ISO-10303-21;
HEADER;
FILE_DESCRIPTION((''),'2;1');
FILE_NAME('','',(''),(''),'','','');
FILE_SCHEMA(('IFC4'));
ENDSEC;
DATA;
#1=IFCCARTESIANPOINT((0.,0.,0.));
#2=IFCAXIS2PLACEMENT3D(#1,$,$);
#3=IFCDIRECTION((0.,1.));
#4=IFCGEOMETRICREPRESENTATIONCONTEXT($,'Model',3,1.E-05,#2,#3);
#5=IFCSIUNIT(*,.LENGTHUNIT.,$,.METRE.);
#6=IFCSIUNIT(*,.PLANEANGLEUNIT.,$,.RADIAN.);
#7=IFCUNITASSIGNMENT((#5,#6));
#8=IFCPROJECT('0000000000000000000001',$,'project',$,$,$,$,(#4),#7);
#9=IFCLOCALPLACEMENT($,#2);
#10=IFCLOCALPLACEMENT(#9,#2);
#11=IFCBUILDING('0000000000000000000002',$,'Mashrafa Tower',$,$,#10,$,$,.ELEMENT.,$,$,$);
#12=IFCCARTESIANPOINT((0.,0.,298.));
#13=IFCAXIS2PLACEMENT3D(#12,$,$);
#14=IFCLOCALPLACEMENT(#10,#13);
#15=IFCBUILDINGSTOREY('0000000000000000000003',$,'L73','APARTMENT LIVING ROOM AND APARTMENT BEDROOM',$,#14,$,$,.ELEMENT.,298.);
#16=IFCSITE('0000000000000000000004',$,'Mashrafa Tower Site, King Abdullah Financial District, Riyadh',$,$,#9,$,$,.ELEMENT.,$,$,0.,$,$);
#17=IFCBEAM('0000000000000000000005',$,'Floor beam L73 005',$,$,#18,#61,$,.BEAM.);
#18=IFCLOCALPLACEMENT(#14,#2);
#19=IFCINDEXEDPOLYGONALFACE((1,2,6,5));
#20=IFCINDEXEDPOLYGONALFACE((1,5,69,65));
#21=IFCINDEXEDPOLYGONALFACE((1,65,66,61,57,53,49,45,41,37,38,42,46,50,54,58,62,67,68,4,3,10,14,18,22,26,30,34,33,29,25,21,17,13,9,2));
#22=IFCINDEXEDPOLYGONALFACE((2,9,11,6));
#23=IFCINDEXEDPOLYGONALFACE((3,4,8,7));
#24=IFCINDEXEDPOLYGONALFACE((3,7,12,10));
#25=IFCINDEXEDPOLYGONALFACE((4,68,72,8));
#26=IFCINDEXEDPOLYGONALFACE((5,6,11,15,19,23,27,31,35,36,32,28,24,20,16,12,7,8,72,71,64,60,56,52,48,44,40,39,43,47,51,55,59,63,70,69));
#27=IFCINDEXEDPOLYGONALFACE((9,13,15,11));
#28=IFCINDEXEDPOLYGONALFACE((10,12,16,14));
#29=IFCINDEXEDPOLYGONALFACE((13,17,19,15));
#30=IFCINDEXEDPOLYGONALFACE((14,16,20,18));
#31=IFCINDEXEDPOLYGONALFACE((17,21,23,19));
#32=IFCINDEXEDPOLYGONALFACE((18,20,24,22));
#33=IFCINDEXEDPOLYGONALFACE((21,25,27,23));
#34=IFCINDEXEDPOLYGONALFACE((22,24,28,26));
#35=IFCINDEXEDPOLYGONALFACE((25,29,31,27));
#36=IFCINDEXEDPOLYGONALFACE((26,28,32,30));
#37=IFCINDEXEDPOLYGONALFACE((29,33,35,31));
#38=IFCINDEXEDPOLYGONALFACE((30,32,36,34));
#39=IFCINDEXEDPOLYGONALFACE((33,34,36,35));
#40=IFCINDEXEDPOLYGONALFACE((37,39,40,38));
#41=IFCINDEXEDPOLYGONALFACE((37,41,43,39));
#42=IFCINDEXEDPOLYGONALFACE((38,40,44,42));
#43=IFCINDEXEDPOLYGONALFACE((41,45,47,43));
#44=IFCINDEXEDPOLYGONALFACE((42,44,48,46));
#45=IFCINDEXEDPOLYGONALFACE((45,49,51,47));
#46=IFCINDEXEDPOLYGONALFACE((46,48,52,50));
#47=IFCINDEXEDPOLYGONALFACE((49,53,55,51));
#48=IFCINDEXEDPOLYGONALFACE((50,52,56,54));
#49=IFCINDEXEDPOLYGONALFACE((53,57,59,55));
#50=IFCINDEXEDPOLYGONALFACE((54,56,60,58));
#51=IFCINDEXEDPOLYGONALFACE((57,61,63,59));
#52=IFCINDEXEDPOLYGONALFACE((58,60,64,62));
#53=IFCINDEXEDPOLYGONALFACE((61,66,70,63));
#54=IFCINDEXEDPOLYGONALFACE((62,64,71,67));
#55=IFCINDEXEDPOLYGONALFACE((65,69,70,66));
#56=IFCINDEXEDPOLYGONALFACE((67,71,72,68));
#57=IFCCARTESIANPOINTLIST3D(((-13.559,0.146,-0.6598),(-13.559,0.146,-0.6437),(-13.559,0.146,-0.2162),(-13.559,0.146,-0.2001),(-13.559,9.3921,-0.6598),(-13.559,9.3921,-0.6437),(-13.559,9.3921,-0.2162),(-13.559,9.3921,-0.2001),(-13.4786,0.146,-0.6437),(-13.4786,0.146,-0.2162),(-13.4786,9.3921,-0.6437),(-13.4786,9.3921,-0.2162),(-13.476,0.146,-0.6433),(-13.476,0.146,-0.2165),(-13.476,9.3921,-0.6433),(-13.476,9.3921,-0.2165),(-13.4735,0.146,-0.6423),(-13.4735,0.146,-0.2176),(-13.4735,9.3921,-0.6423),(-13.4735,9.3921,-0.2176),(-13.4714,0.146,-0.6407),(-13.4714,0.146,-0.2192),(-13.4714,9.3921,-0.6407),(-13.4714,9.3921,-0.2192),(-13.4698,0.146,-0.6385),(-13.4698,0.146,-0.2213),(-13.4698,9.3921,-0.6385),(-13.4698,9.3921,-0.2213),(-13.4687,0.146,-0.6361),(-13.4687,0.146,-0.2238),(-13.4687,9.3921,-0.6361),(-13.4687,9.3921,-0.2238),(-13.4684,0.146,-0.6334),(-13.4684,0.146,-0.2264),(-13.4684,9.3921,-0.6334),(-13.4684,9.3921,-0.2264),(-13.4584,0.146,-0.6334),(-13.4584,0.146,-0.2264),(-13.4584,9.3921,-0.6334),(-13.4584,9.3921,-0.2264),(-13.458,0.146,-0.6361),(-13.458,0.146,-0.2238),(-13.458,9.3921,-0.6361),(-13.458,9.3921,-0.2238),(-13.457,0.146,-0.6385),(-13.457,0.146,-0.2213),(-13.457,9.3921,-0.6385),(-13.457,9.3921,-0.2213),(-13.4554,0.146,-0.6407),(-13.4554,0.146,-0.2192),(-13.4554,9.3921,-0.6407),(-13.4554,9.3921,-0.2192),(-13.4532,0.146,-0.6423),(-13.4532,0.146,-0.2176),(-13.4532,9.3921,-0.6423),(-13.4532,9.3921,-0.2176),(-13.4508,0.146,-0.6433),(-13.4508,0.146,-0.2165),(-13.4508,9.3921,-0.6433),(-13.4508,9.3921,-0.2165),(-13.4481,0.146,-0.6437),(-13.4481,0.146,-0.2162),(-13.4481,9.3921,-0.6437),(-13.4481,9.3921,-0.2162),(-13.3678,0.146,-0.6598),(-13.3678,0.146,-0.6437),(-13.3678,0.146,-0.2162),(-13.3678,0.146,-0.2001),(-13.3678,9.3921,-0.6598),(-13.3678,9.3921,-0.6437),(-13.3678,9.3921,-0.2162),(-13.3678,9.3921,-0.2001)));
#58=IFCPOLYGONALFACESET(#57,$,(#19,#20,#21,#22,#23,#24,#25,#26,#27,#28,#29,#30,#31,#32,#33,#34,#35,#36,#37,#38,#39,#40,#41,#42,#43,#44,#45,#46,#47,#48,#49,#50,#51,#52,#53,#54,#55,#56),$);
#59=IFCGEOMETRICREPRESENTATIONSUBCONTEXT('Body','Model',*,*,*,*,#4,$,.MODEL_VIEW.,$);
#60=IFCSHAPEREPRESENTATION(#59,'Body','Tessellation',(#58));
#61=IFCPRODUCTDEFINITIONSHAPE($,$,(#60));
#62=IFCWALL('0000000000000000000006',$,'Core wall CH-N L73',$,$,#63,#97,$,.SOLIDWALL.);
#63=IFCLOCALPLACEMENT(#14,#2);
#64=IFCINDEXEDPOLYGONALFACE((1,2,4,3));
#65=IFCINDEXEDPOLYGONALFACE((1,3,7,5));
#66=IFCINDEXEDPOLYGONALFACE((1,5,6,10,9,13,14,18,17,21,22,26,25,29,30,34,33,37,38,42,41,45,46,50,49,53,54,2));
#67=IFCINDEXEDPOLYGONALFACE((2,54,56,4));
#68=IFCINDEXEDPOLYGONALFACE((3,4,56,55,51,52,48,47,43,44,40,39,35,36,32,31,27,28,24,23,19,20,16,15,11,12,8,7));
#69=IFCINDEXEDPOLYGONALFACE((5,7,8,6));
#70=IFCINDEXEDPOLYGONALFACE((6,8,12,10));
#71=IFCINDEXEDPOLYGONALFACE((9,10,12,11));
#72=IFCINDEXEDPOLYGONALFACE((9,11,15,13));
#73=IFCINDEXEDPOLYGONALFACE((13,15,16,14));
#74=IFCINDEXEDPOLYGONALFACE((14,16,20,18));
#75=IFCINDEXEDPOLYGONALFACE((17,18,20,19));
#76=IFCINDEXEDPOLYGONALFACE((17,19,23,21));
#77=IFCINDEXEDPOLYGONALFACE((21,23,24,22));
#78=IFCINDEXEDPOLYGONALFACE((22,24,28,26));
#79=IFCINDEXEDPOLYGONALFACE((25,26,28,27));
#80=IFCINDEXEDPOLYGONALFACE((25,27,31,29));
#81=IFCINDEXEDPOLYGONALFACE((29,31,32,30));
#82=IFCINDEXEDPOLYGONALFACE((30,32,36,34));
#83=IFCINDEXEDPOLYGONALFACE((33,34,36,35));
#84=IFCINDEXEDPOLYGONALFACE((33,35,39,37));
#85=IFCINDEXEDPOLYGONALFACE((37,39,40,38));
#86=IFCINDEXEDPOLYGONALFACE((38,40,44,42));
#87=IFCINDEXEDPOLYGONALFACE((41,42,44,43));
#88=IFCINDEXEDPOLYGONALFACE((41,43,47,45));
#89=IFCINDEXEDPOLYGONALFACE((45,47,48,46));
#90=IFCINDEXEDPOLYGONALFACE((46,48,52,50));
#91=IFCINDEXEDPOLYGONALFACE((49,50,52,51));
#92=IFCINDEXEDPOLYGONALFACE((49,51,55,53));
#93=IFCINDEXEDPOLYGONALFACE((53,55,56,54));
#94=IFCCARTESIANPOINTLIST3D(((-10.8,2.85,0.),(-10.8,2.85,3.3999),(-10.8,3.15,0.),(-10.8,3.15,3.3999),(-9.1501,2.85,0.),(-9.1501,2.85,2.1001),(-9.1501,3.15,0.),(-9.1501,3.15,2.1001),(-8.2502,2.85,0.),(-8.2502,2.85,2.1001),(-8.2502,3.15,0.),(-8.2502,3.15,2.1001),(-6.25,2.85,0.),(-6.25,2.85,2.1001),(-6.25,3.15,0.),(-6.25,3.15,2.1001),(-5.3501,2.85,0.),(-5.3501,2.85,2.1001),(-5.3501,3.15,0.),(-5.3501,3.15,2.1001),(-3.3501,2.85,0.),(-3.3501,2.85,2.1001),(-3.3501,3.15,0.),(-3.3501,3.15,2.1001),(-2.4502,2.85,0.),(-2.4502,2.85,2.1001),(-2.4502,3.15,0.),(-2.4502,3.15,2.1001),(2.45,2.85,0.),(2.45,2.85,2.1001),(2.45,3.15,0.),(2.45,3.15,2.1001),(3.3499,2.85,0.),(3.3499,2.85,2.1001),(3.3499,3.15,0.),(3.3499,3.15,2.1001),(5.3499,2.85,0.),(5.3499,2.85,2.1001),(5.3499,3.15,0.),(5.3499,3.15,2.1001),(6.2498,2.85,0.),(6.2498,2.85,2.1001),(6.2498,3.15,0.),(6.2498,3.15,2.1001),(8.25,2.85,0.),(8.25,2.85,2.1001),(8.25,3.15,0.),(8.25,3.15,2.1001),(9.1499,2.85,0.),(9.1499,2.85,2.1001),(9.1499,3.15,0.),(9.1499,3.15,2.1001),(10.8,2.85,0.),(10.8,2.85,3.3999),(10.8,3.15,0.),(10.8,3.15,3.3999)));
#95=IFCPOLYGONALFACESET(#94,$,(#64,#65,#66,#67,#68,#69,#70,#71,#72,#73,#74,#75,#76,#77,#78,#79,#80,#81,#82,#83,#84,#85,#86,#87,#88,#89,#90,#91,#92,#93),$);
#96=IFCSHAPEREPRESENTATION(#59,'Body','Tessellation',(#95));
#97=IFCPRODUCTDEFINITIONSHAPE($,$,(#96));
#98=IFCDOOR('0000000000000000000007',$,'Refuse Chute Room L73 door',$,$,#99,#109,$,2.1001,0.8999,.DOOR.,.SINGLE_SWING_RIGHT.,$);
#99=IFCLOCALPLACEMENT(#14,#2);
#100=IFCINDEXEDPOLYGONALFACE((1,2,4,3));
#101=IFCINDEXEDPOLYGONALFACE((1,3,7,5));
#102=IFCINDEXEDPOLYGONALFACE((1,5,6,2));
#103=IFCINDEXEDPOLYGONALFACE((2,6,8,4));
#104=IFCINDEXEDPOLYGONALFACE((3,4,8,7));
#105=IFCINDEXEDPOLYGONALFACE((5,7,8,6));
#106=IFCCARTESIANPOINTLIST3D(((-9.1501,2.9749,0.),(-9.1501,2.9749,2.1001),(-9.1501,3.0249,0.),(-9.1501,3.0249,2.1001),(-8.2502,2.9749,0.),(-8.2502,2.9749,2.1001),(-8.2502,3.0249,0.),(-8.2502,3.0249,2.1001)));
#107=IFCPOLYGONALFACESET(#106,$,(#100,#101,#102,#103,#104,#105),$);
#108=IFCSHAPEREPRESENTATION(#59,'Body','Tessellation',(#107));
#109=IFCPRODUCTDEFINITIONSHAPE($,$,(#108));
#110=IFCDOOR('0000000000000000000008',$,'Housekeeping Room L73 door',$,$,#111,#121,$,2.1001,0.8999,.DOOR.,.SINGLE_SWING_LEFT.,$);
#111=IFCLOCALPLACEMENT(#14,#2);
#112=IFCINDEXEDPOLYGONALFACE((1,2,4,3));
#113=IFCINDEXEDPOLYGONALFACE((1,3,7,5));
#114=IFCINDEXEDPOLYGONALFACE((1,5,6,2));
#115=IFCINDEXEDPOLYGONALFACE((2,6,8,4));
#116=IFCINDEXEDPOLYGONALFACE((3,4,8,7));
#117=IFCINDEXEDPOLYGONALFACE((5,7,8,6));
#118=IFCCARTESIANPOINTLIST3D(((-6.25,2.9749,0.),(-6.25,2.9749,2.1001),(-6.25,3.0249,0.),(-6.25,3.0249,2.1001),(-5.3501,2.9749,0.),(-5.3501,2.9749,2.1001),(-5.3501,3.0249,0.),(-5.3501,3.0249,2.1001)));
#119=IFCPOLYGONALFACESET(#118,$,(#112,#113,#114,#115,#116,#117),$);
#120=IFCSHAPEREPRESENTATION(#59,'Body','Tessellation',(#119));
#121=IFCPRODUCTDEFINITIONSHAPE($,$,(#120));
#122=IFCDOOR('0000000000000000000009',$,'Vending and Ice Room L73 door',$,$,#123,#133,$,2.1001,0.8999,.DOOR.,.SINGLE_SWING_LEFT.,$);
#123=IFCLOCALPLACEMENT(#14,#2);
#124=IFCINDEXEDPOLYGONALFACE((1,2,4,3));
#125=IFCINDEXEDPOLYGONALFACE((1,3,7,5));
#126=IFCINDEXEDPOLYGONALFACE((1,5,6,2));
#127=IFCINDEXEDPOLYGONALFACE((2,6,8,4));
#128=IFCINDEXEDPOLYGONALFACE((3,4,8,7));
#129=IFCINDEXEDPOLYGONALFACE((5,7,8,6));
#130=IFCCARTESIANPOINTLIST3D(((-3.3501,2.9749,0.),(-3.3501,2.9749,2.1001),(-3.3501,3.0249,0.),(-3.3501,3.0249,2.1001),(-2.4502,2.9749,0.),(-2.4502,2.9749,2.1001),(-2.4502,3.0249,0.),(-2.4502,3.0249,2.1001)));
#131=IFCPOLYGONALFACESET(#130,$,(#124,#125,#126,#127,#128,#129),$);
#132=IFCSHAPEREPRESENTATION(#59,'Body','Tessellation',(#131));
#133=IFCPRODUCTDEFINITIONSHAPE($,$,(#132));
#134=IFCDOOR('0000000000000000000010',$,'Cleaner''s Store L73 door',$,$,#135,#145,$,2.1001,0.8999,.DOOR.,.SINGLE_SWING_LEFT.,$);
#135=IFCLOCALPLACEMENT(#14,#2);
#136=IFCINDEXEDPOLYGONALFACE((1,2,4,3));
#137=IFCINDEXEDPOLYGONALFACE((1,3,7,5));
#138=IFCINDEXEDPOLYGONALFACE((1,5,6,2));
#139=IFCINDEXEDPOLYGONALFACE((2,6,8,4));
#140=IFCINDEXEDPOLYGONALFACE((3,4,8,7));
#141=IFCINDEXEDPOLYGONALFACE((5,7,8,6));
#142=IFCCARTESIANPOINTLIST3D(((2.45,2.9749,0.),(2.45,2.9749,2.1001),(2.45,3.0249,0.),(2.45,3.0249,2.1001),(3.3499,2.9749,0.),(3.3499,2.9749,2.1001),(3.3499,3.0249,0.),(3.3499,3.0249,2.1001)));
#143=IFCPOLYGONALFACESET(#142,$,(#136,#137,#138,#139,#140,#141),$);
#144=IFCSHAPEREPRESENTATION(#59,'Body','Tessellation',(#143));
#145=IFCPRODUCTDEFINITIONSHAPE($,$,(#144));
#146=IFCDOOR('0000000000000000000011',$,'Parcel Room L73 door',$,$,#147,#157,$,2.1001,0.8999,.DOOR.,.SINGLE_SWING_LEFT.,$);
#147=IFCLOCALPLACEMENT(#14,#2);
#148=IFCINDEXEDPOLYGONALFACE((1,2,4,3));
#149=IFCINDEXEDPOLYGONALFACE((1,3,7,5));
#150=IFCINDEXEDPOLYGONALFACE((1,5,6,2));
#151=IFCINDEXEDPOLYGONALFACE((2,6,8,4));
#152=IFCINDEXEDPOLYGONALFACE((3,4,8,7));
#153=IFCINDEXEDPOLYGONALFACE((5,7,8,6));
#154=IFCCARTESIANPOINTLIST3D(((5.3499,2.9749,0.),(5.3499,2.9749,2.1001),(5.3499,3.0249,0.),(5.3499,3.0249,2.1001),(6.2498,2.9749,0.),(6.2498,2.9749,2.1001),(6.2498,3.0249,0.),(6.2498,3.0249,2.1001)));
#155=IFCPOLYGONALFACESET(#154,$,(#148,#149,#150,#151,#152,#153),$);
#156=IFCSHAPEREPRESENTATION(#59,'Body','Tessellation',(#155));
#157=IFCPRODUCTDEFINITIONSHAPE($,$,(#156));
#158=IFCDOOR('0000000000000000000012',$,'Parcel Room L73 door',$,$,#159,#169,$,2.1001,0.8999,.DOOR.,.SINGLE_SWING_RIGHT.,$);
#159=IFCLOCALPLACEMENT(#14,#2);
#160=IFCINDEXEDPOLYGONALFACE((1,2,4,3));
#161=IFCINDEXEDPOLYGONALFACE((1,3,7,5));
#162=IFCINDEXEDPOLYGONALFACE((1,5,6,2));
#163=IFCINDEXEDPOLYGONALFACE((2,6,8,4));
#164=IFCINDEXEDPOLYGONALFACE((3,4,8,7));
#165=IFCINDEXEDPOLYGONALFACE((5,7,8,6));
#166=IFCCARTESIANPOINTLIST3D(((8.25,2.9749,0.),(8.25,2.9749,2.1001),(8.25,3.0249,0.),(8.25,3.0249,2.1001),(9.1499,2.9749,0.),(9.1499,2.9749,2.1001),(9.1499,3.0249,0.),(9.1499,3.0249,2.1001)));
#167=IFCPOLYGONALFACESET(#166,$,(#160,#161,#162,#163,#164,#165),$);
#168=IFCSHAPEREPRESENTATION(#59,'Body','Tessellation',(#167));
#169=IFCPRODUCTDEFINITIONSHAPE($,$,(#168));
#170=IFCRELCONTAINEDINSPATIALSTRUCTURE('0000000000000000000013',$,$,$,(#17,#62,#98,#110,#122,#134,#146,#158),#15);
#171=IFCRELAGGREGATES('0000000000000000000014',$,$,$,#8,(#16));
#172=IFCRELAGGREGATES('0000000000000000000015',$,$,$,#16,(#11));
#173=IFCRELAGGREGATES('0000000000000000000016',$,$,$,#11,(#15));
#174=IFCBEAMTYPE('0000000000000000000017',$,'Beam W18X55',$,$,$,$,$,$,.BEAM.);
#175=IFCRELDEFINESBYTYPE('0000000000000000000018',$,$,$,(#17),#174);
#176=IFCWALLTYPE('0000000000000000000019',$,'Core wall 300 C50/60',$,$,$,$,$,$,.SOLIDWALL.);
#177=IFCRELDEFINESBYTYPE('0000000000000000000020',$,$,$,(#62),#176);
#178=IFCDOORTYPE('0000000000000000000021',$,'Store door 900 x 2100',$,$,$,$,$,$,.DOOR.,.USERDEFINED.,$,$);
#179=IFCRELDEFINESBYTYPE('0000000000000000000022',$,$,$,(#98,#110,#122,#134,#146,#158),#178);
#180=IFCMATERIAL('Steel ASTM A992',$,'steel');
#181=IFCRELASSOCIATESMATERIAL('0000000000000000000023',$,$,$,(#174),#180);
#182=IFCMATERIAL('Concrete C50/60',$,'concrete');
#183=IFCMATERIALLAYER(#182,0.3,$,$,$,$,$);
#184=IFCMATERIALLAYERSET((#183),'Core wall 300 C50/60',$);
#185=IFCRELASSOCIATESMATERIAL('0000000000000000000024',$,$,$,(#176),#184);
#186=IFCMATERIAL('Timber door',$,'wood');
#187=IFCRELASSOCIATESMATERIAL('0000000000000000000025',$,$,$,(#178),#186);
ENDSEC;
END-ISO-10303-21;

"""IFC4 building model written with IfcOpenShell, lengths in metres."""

from ifc_helpers import new_model, si_unit, direction, frame, frame_2d, origin, origin_2d, place, context, subcontext, project, spatial, rectangle, i_section, extrude, material, layer, layer_set, material_profile, profile_set, type_object, element, fill, save


model = new_model("IFC4")

# Units and contexts
model_context = context("Model", 3, precision=1e-05, world=origin(), true_north=direction((0.0, 1.0)))
body_context = subcontext(model_context, "Body", "Model", "MODEL_VIEW")
ifc_project = project(units=[si_unit("LENGTHUNIT", "METRE"), si_unit("PLANEANGLEUNIT", "RADIAN")], contexts=[model_context])

# Site, building, storey
site_placement = place(None, origin())
site = spatial("IfcSite", under=ifc_project, at=site_placement, Name="Mashrafa Tower Site, King Abdullah Financial District, Riyadh", CompositionType="ELEMENT", RefElevation=0.0)
building_placement = place(site_placement, origin())
building = spatial("IfcBuilding", under=site, at=building_placement, Name="Mashrafa Tower", CompositionType="ELEMENT")
storey_placement = place(building_placement, frame((0.0, 0.0, 298.0)))
storey = spatial("IfcBuildingStorey", under=building, at=storey_placement, Name="L73", Description="APARTMENT LIVING ROOM AND APARTMENT BEDROOM", CompositionType="ELEMENT", Elevation=298.0)

# Beam
ifc_material_1 = material(Name="Steel ASTM A992", Category="steel")
ifc_material_profile = material_profile(ifc_material_1, i_section(OverallWidth=0.1912, OverallDepth=0.4597, WebThickness=0.01, FlangeThickness=0.0161, FilletRadius=0.0103, at=origin_2d()), Name="W18X55")
ifc_profile_set = profile_set([ifc_material_profile], Name="Steel ASTM A992")
beam_type = type_object("IfcBeamType", Name="Beam W18X55", PredefinedType="BEAM", material=ifc_profile_set)
beam_placement = place(storey_placement, frame((-13.4634, 0.146, -0.4299), z_axis=(0.0, 1.0, 0.0), x_axis=(-1.0, 0.0, 0.0)))
element("IfcBeam", 1, at=beam_placement, inside=storey, type_object=beam_type, Name="Floor beam L73 005", PredefinedType="BEAM", context=body_context, shape_type="SweptSolid", body=[
    extrude(i_section(OverallWidth=0.1912, OverallDepth=0.4597, WebThickness=0.01, FlangeThickness=0.0161, FilletRadius=0.0103, at=origin_2d()), origin(), (0.0, 0.0, 1.0), 9.2461),
])

# Wall, openings, doors
ifc_material_2 = material(Name="Concrete C50/60", Category="concrete")
ifc_layer_1 = layer(ifc_material_2, 0.3)
ifc_layer_set_1 = layer_set([ifc_layer_1], Name="Core wall 300 C50/60")
wall_type_1 = type_object("IfcWallType", Name="Core wall 300 C50/60", PredefinedType="SOLIDWALL", material=ifc_layer_set_1)
wall_1_placement = place(storey_placement, frame((-10.8, 3.0, 0.0), z_axis=(0.0, 0.0, 1.0), x_axis=(1.0, 0.0, 0.0)))
wall_1 = element("IfcWall", 2, at=wall_1_placement, inside=storey, type_object=wall_type_1, Name="Core wall CH-N L73", PredefinedType="SOLIDWALL", context=body_context, shape_type="SweptSolid", body=[
    extrude(rectangle(XDim=21.6001, YDim=0.3, at=frame_2d((10.8, 0.0))), origin(), (0.0, 0.0, 1.0), 3.3999),
])
opening_1_placement = place(wall_1_placement, frame((1.6499, 0.0, 0.0)))
opening_1 = element("IfcOpeningElement", 3, at=opening_1_placement, cuts=wall_1, PredefinedType="OPENING", context=body_context, shape_type="SweptSolid", body=[
    extrude(rectangle(XDim=0.8999, YDim=2.1001, at=frame_2d((0.45, 1.05))), frame((0.0, 0.1599, 0.0), z_axis=(0.0, -1.0, 0.0), x_axis=(1.0, 0.0, 0.0)), (0.0, 0.0, 1.0), 0.3201),
])
opening_2_placement = place(wall_1_placement, frame((4.55, 0.0, 0.0)))
opening_2 = element("IfcOpeningElement", 4, at=opening_2_placement, cuts=wall_1, PredefinedType="OPENING", context=body_context, shape_type="SweptSolid", body=[
    extrude(rectangle(XDim=0.8999, YDim=2.1001, at=frame_2d((0.45, 1.05))), frame((0.0, 0.1599, 0.0), z_axis=(0.0, -1.0, 0.0), x_axis=(1.0, 0.0, 0.0)), (0.0, 0.0, 1.0), 0.3201),
])
opening_3_placement = place(wall_1_placement, frame((7.45, 0.0, 0.0)))
opening_3 = element("IfcOpeningElement", 5, at=opening_3_placement, cuts=wall_1, PredefinedType="OPENING", context=body_context, shape_type="SweptSolid", body=[
    extrude(rectangle(XDim=0.8999, YDim=2.1001, at=frame_2d((0.45, 1.05))), frame((0.0, 0.1599, 0.0), z_axis=(0.0, -1.0, 0.0), x_axis=(1.0, 0.0, 0.0)), (0.0, 0.0, 1.0), 0.3201),
])
opening_4_placement = place(wall_1_placement, frame((13.25, 0.0, 0.0)))
opening_4 = element("IfcOpeningElement", 6, at=opening_4_placement, cuts=wall_1, PredefinedType="OPENING", context=body_context, shape_type="SweptSolid", body=[
    extrude(rectangle(XDim=0.8999, YDim=2.1001, at=frame_2d((0.45, 1.05))), frame((0.0, 0.1599, 0.0), z_axis=(0.0, -1.0, 0.0), x_axis=(1.0, 0.0, 0.0)), (0.0, 0.0, 1.0), 0.3201),
])
opening_5_placement = place(wall_1_placement, frame((16.1499, 0.0, 0.0)))
opening_5 = element("IfcOpeningElement", 7, at=opening_5_placement, cuts=wall_1, PredefinedType="OPENING", context=body_context, shape_type="SweptSolid", body=[
    extrude(rectangle(XDim=0.8999, YDim=2.1001, at=frame_2d((0.45, 1.05))), frame((0.0, 0.1599, 0.0), z_axis=(0.0, -1.0, 0.0), x_axis=(1.0, 0.0, 0.0)), (0.0, 0.0, 1.0), 0.3201),
])
opening_6_placement = place(wall_1_placement, frame((19.05, 0.0, 0.0)))
opening_6 = element("IfcOpeningElement", 8, at=opening_6_placement, cuts=wall_1, PredefinedType="OPENING", context=body_context, shape_type="SweptSolid", body=[
    extrude(rectangle(XDim=0.8999, YDim=2.1001, at=frame_2d((0.45, 1.05))), frame((0.0, 0.1599, 0.0), z_axis=(0.0, -1.0, 0.0), x_axis=(1.0, 0.0, 0.0)), (0.0, 0.0, 1.0), 0.3201),
])
ifc_material_3 = material(Name="Timber door", Category="wood")
door_type_1 = type_object("IfcDoorType", Name="Store door 900 x 2100", OperationType="USERDEFINED", PredefinedType="DOOR", material=ifc_material_3)
door_1_placement = place(opening_1_placement, origin())
door_1 = element("IfcDoor", 9, at=door_1_placement, inside=storey, type_object=door_type_1, Name="Refuse Chute Room L73 door", OperationType="SINGLE_SWING_RIGHT", OverallHeight=2.1001, OverallWidth=0.8999, PredefinedType="DOOR", context=body_context, shape_type="SweptSolid", body=[
    extrude(rectangle(XDim=0.8999, YDim=2.1001, at=frame_2d((0.45, 1.05))), frame((0.0, 0.0249, 0.0), z_axis=(0.0, -1.0, 0.0), x_axis=(1.0, 0.0, 0.0)), (0.0, 0.0, 1.0), 0.05),
])
fill(opening_1, door_1)
door_2_placement = place(opening_2_placement, origin())
door_2 = element("IfcDoor", 10, at=door_2_placement, inside=storey, type_object=door_type_1, Name="Housekeeping Room L73 door", OperationType="SINGLE_SWING_LEFT", OverallHeight=2.1001, OverallWidth=0.8999, PredefinedType="DOOR", context=body_context, shape_type="SweptSolid", body=[
    extrude(rectangle(XDim=0.8999, YDim=2.1001, at=frame_2d((0.45, 1.05))), frame((0.0, 0.0249, 0.0), z_axis=(0.0, -1.0, 0.0), x_axis=(1.0, 0.0, 0.0)), (0.0, 0.0, 1.0), 0.05),
])
fill(opening_2, door_2)
door_3_placement = place(opening_3_placement, origin())
door_3 = element("IfcDoor", 11, at=door_3_placement, inside=storey, type_object=door_type_1, Name="Vending and Ice Room L73 door", OperationType="SINGLE_SWING_LEFT", OverallHeight=2.1001, OverallWidth=0.8999, PredefinedType="DOOR", context=body_context, shape_type="SweptSolid", body=[
    extrude(rectangle(XDim=0.8999, YDim=2.1001, at=frame_2d((0.45, 1.05))), frame((0.0, 0.0249, 0.0), z_axis=(0.0, -1.0, 0.0), x_axis=(1.0, 0.0, 0.0)), (0.0, 0.0, 1.0), 0.05),
])
fill(opening_3, door_3)
door_4_placement = place(opening_4_placement, origin())
door_4 = element("IfcDoor", 12, at=door_4_placement, inside=storey, type_object=door_type_1, Name="Cleaner's Store L73 door", OperationType="SINGLE_SWING_LEFT", OverallHeight=2.1001, OverallWidth=0.8999, PredefinedType="DOOR", context=body_context, shape_type="SweptSolid", body=[
    extrude(rectangle(XDim=0.8999, YDim=2.1001, at=frame_2d((0.45, 1.05))), frame((0.0, 0.0249, 0.0), z_axis=(0.0, -1.0, 0.0), x_axis=(1.0, 0.0, 0.0)), (0.0, 0.0, 1.0), 0.05),
])
fill(opening_4, door_4)
door_5_placement = place(opening_5_placement, origin())
door_5 = element("IfcDoor", 13, at=door_5_placement, inside=storey, type_object=door_type_1, Name="Parcel Room L73 door", OperationType="SINGLE_SWING_LEFT", OverallHeight=2.1001, OverallWidth=0.8999, PredefinedType="DOOR", context=body_context, shape_type="SweptSolid", body=[
    extrude(rectangle(XDim=0.8999, YDim=2.1001, at=frame_2d((0.45, 1.05))), frame((0.0, 0.0249, 0.0), z_axis=(0.0, -1.0, 0.0), x_axis=(1.0, 0.0, 0.0)), (0.0, 0.0, 1.0), 0.05),
])
fill(opening_5, door_5)
door_6_placement = place(opening_6_placement, origin())
door_6 = element("IfcDoor", 14, at=door_6_placement, inside=storey, type_object=door_type_1, Name="Parcel Room L73 door", OperationType="SINGLE_SWING_RIGHT", OverallHeight=2.1001, OverallWidth=0.8999, PredefinedType="DOOR", context=body_context, shape_type="SweptSolid", body=[
    extrude(rectangle(XDim=0.8999, YDim=2.1001, at=frame_2d((0.45, 1.05))), frame((0.0, 0.0249, 0.0), z_axis=(0.0, -1.0, 0.0), x_axis=(1.0, 0.0, 0.0)), (0.0, 0.0, 1.0), 0.05),
])
fill(opening_6, door_6)

save(model, "model.ifc")
